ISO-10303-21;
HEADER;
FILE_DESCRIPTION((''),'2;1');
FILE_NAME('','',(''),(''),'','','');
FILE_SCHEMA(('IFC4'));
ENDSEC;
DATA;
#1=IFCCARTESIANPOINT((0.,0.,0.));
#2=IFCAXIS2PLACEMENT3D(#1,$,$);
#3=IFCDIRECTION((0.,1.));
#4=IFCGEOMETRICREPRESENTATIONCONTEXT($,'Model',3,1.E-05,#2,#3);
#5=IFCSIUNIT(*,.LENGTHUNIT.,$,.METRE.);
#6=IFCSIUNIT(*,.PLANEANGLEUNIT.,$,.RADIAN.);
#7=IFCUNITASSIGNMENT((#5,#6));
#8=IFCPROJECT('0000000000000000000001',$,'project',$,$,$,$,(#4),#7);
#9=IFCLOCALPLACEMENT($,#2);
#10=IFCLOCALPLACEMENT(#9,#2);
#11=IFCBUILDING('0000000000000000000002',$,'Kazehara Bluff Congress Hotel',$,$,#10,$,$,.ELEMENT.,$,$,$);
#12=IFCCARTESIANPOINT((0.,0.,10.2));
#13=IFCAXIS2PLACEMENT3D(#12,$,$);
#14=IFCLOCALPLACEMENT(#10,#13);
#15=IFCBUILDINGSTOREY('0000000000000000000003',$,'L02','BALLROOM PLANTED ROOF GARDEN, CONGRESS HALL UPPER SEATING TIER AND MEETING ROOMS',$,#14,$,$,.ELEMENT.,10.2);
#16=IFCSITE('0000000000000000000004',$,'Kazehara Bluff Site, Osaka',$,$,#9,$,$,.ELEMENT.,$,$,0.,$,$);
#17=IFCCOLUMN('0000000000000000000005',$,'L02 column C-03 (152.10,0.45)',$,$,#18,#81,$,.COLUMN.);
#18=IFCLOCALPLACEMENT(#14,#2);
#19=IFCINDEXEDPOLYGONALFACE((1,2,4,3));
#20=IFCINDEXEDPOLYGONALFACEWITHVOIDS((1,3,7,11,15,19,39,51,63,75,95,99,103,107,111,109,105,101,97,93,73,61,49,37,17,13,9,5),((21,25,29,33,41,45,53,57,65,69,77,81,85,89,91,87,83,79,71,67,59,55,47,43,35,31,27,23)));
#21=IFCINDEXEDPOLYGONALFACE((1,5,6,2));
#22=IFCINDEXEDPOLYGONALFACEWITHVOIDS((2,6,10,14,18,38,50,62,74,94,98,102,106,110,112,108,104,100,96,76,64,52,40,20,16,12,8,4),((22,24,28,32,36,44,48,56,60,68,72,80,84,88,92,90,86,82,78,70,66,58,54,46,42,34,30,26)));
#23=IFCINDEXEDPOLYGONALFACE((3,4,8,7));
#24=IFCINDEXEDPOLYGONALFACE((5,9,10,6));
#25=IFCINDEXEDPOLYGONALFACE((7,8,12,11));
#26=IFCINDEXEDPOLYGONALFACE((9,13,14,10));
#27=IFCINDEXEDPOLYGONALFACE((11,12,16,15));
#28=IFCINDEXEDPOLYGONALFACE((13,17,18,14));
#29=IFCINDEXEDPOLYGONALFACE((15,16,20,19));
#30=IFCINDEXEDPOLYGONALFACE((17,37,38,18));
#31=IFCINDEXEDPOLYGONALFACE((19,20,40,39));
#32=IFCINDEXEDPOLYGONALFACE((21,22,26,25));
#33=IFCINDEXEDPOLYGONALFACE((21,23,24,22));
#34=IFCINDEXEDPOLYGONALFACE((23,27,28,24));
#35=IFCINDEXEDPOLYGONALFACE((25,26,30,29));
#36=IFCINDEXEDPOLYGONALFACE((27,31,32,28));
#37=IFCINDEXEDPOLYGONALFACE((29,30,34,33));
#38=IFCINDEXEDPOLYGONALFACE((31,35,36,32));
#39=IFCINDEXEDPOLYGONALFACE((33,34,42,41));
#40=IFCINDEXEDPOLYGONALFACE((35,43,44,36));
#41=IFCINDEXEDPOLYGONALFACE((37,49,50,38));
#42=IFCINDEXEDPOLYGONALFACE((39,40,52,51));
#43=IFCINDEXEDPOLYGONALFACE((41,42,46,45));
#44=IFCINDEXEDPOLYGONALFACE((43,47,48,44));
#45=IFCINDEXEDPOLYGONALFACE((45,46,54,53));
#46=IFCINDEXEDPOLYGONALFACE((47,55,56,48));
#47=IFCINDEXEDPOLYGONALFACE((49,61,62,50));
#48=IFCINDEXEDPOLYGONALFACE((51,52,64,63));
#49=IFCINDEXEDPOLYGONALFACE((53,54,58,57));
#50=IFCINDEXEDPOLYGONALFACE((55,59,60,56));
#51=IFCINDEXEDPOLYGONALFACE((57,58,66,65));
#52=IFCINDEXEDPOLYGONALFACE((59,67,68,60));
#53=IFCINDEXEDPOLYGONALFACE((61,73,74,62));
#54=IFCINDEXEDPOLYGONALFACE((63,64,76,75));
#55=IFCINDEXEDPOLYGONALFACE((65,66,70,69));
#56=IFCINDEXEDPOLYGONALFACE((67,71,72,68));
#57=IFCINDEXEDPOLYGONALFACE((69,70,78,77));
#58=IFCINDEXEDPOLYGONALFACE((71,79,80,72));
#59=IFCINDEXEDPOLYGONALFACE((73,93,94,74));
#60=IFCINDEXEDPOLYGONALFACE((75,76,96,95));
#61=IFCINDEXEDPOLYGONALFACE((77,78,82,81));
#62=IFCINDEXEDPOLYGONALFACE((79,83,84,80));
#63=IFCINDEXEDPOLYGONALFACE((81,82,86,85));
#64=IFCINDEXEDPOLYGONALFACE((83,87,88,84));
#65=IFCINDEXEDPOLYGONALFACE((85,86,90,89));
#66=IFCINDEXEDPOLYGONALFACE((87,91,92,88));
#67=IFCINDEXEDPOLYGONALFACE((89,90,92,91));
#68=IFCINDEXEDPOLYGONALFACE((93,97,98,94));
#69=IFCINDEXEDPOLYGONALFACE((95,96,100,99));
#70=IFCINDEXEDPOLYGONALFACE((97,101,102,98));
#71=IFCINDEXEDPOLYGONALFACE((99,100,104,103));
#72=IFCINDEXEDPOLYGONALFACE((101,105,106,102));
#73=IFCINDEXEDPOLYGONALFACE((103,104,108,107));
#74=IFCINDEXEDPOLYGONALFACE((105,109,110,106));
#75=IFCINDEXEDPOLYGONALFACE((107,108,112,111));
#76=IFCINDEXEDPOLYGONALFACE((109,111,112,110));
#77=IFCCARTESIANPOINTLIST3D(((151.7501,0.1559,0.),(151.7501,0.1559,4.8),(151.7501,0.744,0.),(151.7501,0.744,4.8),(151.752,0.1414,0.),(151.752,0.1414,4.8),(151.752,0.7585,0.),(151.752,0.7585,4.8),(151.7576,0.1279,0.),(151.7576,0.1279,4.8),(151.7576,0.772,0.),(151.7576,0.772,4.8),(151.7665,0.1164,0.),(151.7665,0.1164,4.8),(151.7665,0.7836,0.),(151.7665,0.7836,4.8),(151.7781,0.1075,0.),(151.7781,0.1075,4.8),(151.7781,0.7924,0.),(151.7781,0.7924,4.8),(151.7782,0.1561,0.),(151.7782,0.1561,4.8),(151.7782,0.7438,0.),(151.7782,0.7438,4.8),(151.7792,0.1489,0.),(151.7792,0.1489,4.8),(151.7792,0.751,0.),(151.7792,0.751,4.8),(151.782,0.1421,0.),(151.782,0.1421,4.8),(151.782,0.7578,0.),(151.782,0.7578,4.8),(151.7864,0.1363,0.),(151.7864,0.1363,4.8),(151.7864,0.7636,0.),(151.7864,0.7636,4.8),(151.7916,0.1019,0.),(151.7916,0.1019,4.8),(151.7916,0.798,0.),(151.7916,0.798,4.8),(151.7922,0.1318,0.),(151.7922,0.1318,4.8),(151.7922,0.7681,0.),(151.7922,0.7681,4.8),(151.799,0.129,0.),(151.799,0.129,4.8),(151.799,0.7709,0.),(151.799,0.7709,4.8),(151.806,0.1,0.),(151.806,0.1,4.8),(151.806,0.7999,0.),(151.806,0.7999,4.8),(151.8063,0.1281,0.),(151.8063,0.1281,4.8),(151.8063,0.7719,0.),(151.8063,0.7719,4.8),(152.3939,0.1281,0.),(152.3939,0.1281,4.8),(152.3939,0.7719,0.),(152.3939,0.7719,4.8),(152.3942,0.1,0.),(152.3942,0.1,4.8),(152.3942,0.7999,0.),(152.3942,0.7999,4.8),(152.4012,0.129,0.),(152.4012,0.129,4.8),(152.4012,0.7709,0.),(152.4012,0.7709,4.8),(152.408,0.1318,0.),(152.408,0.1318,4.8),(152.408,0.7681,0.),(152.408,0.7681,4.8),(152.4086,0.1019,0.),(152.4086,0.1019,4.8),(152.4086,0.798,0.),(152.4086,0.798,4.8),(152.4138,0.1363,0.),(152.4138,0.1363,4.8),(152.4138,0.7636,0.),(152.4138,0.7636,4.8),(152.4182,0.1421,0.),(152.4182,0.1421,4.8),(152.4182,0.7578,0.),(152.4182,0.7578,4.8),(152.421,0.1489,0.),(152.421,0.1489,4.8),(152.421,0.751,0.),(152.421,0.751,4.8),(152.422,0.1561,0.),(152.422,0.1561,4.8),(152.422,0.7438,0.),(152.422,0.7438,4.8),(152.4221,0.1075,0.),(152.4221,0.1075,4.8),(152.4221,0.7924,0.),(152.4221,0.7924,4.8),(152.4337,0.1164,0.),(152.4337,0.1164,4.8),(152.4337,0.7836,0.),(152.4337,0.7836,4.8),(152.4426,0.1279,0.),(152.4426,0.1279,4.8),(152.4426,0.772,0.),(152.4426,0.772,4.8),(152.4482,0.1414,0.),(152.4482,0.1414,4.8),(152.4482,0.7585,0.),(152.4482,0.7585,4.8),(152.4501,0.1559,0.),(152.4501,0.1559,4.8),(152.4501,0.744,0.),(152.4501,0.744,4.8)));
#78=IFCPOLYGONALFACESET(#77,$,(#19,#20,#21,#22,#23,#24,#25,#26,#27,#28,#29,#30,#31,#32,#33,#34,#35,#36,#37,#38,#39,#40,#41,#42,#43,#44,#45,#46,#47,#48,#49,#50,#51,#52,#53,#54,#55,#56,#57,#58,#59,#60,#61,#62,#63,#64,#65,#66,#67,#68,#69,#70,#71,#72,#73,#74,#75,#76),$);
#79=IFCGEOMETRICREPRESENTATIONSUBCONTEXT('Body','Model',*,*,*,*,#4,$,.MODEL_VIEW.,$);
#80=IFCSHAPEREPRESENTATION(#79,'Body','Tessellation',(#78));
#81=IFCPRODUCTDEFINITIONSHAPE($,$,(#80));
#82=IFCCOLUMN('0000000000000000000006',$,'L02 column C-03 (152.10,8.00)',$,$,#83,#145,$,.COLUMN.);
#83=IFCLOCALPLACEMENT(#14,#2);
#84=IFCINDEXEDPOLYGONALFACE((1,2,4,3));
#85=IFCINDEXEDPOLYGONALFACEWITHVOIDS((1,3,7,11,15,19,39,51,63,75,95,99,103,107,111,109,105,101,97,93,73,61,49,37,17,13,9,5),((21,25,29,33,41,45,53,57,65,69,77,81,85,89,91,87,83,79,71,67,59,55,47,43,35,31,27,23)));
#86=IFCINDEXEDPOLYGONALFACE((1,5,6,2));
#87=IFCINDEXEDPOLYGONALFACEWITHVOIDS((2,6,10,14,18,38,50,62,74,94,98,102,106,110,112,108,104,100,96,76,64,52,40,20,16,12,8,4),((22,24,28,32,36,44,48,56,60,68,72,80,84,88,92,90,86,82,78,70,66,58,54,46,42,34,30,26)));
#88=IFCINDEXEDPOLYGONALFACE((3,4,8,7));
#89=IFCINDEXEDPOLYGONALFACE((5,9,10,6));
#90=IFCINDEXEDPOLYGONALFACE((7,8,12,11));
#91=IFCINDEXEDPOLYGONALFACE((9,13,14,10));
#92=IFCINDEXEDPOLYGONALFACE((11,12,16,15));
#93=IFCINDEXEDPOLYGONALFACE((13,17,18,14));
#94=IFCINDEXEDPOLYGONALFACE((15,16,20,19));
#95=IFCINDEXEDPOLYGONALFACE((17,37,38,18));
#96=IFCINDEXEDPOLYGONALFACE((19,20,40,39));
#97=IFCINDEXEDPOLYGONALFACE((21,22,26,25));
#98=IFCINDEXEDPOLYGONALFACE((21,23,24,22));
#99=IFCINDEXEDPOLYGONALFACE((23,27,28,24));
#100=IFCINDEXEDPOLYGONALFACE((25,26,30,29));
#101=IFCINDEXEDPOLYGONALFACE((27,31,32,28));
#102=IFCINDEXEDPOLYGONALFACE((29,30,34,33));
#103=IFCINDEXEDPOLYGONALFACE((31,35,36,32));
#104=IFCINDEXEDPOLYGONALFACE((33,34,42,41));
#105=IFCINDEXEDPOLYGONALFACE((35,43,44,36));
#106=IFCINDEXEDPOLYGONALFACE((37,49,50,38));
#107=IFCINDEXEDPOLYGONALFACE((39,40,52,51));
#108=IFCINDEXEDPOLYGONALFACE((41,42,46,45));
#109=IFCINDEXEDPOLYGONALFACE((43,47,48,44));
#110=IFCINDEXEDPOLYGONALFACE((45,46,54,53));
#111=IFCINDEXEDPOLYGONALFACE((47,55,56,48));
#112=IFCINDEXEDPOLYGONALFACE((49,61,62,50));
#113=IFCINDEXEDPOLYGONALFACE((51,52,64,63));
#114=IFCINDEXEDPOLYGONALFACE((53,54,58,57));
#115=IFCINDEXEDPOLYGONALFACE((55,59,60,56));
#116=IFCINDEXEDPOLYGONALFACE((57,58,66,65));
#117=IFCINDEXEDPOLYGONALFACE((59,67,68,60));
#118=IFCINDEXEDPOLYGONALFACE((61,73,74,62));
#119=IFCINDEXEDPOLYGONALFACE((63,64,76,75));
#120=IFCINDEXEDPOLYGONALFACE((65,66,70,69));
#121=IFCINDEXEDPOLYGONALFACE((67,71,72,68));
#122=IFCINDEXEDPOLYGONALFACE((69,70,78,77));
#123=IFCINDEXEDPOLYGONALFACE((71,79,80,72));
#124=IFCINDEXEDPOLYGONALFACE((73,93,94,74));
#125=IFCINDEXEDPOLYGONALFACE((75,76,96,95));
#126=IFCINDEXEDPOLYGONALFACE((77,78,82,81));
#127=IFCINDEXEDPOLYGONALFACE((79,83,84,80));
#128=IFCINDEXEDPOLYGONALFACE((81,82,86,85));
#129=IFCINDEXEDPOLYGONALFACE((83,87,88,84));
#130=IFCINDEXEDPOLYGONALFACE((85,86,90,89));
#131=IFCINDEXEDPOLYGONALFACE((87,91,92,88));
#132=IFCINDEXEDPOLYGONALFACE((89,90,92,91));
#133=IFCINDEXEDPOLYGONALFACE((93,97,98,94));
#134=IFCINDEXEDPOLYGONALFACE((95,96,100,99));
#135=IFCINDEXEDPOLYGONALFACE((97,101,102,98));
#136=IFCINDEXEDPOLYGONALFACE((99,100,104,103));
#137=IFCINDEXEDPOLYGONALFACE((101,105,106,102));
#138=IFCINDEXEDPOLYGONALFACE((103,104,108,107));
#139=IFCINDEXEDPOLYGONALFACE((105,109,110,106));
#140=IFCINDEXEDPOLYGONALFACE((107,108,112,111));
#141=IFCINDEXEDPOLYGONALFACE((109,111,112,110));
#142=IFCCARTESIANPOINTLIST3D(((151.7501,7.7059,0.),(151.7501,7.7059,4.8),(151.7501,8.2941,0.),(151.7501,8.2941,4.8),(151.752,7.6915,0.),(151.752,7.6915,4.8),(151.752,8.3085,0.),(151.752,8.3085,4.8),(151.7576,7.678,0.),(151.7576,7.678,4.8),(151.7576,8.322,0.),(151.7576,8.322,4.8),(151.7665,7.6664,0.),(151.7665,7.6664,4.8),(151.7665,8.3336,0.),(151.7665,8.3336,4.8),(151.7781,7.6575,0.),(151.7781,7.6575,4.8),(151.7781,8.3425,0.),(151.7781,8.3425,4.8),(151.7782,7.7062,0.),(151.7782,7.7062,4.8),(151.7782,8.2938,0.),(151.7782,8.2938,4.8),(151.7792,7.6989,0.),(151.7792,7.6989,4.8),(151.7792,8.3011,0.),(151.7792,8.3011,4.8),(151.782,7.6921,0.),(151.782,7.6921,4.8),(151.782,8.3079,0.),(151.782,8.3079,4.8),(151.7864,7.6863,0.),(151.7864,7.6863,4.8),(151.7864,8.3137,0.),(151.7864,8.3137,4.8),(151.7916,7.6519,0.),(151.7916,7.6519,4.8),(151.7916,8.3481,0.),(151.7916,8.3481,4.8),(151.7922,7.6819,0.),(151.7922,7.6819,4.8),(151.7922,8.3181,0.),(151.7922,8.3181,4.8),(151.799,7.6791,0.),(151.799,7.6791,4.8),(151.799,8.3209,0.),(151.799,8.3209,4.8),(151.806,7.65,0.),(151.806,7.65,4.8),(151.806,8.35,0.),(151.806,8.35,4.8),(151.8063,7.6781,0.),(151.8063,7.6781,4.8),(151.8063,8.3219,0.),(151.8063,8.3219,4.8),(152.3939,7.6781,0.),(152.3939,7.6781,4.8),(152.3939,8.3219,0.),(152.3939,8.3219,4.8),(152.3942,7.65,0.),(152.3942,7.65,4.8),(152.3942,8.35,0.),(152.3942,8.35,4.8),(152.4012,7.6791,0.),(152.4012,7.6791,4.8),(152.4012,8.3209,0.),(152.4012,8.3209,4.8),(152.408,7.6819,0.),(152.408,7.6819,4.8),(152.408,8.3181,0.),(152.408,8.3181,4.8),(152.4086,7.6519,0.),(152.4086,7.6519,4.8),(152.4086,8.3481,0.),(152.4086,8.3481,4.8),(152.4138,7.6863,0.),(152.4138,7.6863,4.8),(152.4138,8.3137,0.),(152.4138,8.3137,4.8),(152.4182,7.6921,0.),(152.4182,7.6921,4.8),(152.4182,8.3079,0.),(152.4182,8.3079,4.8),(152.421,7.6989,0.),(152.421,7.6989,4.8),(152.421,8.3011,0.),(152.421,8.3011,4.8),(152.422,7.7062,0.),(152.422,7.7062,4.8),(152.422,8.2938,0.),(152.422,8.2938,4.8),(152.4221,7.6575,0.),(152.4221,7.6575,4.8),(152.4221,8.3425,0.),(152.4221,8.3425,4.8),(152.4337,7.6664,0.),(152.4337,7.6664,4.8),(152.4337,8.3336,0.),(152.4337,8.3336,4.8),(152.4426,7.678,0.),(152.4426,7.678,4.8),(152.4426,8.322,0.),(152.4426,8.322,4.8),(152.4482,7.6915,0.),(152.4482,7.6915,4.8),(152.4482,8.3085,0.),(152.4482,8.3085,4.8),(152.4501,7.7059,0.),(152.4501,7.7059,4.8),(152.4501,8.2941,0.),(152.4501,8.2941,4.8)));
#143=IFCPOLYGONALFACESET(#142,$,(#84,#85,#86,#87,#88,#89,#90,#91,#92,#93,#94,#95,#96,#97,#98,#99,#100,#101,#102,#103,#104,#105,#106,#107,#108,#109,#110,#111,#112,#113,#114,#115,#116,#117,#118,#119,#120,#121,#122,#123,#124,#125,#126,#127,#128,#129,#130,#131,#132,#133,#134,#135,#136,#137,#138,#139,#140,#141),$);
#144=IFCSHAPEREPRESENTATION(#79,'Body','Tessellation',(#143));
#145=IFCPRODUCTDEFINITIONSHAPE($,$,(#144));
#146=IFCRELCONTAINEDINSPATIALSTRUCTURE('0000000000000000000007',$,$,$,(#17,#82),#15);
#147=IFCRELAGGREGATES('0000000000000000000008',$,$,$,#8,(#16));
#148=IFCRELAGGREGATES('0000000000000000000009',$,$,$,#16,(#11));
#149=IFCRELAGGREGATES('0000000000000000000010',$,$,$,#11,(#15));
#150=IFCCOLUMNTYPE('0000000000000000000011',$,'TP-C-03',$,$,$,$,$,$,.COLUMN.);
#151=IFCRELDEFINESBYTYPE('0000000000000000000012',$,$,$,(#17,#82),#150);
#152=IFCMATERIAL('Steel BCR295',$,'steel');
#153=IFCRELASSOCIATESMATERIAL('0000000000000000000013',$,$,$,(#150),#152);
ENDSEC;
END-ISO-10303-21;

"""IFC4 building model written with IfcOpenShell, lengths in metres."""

from ifc_helpers import new_model, si_unit, direction, frame, origin, origin_2d, place, context, subcontext, project, spatial, hollow_rectangle, extrude, material, material_profile, profile_set, type_object, element, save


model = new_model("IFC4")

# Units and contexts
model_context = context("Model", 3, precision=1e-05, world=origin(), true_north=direction((0.0, 1.0)))
body_context = subcontext(model_context, "Body", "Model", "MODEL_VIEW")
ifc_project = project(units=[si_unit("LENGTHUNIT", "METRE"), si_unit("PLANEANGLEUNIT", "RADIAN")], contexts=[model_context])

# Site, building, storey
site_placement = place(None, origin())
site = spatial("IfcSite", under=ifc_project, at=site_placement, Name="Kazehara Bluff Site, Osaka", CompositionType="ELEMENT", RefElevation=0.0)
building_placement = place(site_placement, origin())
building = spatial("IfcBuilding", under=site, at=building_placement, Name="Kazehara Bluff Congress Hotel", CompositionType="ELEMENT")
storey_placement = place(building_placement, frame((0.0, 0.0, 10.2)))
storey = spatial("IfcBuildingStorey", under=building, at=storey_placement, Name="L02", Description="BALLROOM PLANTED ROOF GARDEN, CONGRESS HALL UPPER SEATING TIER AND MEETING ROOMS", CompositionType="ELEMENT", Elevation=10.2)

# Columns
ifc_material_1 = material(Name="Steel BCR295", Category="steel")
ifc_material_profile_1 = material_profile(ifc_material_1, hollow_rectangle(XDim=0.7, YDim=0.7, WallThickness=0.0281, InnerFilletRadius=0.0281, OuterFilletRadius=0.0559, at=origin_2d()))
ifc_profile_set_1 = profile_set([ifc_material_profile_1], Name="Steel BCR295")
column_type = type_object("IfcColumnType", Name="TP-C-03", PredefinedType="COLUMN", material=ifc_profile_set_1)
for number, where, z_axis, x_axis, name in (
    (1, (152.1001, 0.45, 0.0), (0.0, 0.0, 1.0), (1.0, 0.0, 0.0), "L02 column C-03 (152.10,0.45)"),
    (2, (152.1001, 8.0, 0.0), (0.0, 0.0, 1.0), (1.0, 0.0, 0.0), "L02 column C-03 (152.10,8.00)"),
):
    element("IfcColumn", number, at=place(storey_placement, frame(where, z_axis=z_axis, x_axis=x_axis)), inside=storey, type_object=column_type, Name=name, PredefinedType="COLUMN", context=body_context, shape_type="SweptSolid", body=[
        extrude(hollow_rectangle(XDim=0.7, YDim=0.7, WallThickness=0.0281, InnerFilletRadius=0.0281, OuterFilletRadius=0.0559, at=origin_2d()), origin(), (0.0, 0.0, 1.0), 4.8),
    ])

save(model, "model.ifc")
